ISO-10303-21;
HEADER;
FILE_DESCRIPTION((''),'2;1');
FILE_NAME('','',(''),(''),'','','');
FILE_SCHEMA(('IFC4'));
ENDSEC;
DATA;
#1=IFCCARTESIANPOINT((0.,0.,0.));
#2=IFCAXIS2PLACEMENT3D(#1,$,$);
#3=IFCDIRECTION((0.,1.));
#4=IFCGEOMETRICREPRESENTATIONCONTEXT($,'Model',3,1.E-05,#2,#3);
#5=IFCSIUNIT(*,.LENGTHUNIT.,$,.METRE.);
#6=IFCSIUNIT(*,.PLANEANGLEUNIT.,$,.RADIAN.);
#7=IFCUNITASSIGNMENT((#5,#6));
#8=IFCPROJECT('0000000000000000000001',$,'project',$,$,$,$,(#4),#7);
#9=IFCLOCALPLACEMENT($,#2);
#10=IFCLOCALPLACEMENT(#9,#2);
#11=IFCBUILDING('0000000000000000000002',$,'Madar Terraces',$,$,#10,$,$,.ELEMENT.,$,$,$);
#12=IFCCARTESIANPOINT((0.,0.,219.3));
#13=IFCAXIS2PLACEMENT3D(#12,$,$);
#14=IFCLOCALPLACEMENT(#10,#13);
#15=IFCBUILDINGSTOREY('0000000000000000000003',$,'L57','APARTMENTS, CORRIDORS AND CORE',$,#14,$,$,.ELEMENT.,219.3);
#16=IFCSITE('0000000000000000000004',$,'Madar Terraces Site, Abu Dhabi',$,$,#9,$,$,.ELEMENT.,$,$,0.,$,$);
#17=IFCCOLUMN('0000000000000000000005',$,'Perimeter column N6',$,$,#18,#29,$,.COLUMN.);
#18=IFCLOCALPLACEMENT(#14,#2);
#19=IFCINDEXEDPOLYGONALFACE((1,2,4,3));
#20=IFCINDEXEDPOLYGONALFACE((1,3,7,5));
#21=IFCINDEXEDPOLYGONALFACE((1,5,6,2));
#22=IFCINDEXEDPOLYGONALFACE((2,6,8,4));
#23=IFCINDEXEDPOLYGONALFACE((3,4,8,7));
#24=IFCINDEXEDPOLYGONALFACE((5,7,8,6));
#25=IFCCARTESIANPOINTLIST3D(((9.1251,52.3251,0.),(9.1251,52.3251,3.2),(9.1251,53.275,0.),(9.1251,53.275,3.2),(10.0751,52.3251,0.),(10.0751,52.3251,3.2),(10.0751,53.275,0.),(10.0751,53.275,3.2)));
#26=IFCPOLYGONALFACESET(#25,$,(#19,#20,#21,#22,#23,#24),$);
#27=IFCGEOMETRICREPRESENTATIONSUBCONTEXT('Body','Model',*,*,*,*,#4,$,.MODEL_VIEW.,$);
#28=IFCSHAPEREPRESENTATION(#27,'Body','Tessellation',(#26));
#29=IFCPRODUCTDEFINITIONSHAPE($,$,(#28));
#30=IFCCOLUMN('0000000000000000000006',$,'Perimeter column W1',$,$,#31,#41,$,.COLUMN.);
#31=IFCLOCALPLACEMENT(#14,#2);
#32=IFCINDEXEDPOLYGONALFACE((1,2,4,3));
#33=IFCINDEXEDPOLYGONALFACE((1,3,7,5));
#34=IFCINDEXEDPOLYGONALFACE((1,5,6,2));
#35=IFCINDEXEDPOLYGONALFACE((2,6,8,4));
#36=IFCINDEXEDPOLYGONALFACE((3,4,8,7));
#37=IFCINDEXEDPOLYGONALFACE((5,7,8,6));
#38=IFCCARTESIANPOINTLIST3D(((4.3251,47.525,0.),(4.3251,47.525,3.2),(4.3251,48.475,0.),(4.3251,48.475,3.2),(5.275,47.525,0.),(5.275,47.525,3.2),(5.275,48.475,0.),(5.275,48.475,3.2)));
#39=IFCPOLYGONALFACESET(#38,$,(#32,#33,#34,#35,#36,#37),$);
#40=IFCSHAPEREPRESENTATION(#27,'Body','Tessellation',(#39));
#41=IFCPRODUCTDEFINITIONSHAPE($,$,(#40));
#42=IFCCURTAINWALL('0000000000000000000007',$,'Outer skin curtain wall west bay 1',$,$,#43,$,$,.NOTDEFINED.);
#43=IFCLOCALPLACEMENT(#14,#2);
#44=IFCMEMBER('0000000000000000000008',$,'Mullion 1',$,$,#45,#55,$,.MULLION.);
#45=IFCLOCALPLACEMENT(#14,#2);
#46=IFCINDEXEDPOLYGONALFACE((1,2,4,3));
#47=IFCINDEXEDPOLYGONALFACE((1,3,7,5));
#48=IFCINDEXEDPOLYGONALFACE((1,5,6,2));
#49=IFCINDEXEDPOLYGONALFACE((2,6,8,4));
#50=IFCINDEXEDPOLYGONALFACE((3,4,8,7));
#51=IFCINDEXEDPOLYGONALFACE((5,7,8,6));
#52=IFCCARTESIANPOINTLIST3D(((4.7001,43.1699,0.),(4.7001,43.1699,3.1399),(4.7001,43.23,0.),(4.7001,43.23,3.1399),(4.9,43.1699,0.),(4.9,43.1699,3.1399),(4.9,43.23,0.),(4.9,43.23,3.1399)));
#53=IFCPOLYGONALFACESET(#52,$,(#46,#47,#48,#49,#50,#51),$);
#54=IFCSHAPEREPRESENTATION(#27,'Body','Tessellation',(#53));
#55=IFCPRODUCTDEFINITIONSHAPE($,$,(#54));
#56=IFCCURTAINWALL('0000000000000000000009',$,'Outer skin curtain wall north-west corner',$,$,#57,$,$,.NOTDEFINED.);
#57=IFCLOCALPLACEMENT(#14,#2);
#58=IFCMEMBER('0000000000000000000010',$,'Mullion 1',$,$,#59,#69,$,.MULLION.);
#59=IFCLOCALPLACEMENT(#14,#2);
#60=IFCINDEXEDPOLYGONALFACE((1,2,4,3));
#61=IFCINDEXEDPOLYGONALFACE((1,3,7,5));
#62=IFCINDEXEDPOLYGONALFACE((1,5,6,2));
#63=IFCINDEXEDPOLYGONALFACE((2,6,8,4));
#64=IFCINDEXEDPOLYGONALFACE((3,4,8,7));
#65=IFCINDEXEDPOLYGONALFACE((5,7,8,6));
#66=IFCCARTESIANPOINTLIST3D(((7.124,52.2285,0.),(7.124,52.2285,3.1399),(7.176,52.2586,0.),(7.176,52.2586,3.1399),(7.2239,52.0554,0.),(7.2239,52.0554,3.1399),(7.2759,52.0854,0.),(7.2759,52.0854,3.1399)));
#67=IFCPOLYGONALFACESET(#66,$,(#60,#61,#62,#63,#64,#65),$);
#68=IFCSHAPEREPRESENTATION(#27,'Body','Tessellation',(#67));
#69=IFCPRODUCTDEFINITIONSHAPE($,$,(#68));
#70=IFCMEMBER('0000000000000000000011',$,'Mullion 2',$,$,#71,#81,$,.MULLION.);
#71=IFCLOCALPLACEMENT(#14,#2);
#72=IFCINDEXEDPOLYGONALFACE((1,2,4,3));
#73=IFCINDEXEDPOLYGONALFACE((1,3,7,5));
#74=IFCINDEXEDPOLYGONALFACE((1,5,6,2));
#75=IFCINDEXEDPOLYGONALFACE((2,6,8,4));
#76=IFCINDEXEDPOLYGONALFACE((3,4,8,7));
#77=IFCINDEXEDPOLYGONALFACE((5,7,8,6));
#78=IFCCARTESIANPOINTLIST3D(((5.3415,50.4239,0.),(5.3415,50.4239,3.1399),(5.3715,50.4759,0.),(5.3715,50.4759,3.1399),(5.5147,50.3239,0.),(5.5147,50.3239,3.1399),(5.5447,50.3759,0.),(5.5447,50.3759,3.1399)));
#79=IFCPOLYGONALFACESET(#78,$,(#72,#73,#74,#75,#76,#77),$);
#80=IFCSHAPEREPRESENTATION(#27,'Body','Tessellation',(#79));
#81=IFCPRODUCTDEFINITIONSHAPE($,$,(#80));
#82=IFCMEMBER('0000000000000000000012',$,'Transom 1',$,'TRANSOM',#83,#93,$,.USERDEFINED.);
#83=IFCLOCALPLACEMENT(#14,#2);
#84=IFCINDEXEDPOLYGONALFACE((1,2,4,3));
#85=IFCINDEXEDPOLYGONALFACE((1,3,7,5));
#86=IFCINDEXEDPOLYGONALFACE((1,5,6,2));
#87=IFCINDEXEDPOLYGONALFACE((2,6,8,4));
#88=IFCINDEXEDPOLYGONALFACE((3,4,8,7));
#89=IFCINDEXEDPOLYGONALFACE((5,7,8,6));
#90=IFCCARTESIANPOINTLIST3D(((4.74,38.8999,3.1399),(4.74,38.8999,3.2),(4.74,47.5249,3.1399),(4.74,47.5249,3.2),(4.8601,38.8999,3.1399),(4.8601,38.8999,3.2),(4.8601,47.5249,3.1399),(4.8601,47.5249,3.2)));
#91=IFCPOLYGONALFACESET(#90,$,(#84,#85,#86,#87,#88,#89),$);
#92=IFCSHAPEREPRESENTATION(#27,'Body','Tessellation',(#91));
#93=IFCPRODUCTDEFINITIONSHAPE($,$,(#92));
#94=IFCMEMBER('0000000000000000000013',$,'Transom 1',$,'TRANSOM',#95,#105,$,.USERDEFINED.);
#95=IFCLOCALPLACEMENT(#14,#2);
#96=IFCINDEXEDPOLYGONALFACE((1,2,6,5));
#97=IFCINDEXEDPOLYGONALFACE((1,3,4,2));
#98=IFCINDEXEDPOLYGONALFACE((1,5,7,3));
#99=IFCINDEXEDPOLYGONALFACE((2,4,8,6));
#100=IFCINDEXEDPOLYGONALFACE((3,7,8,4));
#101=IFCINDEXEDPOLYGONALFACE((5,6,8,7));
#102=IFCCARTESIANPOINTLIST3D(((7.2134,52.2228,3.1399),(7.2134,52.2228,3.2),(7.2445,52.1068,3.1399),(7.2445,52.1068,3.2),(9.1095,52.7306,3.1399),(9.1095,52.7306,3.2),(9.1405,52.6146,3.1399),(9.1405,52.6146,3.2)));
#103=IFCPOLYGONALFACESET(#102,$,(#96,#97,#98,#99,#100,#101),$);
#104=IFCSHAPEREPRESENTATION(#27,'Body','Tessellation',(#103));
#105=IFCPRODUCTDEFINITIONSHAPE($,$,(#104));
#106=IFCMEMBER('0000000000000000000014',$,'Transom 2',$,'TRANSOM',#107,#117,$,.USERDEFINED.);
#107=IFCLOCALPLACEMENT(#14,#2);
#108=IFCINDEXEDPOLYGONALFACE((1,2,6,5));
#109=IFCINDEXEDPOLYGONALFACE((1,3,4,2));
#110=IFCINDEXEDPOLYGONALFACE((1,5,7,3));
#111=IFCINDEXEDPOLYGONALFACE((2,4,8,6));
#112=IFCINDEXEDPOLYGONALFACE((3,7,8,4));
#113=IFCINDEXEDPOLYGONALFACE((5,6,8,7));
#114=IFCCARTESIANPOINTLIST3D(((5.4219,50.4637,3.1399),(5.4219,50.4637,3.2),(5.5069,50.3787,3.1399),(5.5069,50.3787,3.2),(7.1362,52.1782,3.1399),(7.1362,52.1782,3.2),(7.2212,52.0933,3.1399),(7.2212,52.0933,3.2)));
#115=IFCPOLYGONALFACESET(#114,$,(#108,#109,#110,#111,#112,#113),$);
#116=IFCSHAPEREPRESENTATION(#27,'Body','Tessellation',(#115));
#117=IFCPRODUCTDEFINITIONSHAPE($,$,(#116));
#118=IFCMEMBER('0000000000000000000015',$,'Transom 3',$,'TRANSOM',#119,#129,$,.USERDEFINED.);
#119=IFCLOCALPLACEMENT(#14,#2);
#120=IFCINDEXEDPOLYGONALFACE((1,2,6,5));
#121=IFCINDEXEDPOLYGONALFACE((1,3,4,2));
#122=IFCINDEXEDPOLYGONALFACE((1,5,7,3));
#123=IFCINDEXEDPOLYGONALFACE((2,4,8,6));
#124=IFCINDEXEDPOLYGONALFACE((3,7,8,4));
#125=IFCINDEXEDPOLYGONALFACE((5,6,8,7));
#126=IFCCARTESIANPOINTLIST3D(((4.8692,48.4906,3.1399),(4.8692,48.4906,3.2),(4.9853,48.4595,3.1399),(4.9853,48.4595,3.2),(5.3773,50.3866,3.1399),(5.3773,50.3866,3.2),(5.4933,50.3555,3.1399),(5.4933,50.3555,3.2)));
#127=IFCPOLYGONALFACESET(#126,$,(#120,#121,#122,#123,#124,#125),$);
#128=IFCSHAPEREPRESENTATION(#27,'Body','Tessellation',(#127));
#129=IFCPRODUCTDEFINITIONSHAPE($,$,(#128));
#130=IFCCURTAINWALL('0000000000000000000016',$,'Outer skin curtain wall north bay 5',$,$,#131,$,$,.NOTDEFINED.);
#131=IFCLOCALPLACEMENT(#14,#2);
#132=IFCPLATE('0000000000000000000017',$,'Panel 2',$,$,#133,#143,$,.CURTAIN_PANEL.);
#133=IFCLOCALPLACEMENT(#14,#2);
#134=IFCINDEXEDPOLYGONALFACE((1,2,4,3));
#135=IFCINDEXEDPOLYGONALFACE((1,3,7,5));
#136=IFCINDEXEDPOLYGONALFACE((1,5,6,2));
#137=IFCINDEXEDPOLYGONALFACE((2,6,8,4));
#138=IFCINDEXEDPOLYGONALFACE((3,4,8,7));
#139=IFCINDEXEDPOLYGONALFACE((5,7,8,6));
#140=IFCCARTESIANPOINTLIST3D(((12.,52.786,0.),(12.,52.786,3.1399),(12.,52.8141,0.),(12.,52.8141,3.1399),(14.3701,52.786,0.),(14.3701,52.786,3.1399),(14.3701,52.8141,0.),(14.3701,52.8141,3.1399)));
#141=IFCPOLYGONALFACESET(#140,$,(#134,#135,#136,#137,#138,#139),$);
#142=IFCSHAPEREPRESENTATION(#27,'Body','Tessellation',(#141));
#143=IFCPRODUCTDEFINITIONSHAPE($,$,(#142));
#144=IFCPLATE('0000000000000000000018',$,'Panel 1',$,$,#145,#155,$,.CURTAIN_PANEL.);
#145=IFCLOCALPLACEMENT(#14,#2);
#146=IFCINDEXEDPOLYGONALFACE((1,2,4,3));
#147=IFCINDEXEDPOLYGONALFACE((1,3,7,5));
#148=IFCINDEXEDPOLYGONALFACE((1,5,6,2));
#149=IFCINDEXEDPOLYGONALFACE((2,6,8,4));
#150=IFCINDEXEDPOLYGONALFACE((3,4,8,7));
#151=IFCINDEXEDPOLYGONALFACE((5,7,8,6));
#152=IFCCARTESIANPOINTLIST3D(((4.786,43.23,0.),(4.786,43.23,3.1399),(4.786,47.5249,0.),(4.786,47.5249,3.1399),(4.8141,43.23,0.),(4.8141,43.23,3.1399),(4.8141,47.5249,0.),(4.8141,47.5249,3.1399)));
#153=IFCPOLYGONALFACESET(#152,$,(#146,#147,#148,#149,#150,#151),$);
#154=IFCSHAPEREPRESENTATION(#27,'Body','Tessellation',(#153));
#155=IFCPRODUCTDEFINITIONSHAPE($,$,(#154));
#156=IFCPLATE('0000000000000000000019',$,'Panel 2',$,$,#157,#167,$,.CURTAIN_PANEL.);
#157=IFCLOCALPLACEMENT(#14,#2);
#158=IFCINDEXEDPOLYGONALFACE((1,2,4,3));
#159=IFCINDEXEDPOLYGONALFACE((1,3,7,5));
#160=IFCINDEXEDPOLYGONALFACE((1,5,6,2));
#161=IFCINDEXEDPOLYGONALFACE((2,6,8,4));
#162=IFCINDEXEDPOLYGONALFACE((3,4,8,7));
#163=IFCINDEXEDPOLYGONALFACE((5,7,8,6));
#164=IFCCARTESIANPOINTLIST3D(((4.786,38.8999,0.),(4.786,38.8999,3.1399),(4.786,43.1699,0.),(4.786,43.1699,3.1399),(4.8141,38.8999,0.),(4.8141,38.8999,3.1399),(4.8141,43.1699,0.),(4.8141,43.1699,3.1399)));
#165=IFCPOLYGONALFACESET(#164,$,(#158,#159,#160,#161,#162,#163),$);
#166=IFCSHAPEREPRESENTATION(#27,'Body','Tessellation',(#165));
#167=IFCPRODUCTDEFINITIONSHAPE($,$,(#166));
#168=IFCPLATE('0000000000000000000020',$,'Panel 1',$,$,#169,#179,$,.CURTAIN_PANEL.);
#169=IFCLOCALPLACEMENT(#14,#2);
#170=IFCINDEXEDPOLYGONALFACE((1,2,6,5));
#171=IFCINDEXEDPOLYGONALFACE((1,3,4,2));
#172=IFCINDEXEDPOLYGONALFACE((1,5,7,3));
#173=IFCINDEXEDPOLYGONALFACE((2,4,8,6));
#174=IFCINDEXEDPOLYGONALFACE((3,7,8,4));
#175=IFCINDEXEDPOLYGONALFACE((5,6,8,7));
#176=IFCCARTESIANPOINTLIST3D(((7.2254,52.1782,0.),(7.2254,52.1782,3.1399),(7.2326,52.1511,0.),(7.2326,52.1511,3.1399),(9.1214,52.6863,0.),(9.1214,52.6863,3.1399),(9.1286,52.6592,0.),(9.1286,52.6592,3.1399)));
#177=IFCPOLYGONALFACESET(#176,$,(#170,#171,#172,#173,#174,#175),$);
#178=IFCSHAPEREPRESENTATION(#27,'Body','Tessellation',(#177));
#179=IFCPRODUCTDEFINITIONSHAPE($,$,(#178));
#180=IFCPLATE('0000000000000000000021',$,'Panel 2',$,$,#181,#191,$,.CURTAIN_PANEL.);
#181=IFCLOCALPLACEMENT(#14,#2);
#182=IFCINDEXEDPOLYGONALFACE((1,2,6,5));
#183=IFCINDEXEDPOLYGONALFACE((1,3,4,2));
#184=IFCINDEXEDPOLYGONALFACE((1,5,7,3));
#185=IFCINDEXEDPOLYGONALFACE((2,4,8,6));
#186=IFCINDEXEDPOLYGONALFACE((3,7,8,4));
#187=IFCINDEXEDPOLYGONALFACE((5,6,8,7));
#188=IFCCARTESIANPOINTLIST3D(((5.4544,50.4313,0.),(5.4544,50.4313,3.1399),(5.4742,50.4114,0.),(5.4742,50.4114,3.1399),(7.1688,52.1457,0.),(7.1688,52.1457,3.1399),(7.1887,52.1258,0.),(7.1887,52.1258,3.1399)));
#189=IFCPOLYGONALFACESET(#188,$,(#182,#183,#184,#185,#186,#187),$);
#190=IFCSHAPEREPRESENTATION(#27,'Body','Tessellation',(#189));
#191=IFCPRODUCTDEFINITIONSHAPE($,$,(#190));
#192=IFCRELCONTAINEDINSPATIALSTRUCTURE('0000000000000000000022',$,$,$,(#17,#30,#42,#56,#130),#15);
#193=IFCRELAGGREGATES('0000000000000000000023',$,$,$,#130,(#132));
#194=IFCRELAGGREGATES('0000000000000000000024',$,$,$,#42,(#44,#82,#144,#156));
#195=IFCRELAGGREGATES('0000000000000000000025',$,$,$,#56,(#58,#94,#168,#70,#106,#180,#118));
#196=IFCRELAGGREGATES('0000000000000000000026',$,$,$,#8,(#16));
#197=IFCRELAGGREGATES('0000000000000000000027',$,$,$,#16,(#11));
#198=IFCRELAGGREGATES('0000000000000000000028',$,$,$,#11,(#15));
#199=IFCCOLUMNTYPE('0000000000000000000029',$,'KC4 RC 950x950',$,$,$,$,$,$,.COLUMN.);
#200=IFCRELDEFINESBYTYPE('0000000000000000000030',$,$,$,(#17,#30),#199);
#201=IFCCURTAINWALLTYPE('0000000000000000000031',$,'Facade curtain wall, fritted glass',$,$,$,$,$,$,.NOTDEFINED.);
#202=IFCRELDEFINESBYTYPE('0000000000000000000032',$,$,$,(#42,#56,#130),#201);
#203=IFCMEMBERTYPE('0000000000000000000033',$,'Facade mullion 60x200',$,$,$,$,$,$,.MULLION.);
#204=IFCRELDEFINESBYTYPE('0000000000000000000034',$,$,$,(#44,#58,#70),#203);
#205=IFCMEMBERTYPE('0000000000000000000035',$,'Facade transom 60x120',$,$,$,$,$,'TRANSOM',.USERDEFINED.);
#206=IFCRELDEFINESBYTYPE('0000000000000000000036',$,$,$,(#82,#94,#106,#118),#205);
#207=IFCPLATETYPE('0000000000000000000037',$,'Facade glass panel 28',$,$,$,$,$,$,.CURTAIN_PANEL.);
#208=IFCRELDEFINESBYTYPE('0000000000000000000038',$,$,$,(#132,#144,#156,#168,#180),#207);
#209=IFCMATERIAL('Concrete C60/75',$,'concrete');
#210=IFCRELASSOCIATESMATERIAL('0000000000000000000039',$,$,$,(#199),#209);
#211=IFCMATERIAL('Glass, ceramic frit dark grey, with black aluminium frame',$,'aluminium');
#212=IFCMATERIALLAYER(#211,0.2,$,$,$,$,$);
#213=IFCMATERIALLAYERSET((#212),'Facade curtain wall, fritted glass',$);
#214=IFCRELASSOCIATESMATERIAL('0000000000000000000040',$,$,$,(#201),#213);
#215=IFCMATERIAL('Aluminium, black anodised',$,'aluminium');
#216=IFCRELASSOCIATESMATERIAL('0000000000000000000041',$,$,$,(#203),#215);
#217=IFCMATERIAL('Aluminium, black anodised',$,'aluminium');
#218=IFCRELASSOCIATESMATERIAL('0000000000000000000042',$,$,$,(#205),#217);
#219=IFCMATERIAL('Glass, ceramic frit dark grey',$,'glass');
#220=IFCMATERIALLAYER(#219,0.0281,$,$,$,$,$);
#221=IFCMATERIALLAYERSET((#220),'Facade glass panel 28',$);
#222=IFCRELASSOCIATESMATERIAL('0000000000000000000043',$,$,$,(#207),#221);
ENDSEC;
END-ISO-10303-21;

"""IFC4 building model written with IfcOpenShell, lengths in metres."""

from ifc_helpers import new_model, si_unit, direction, frame, origin, origin_2d, place, context, subcontext, project, spatial, rectangle, extrude, material, layer, layer_set, material_profile, profile_set, type_object, element, aggregate, save


model = new_model("IFC4")

# Units and contexts
model_context = context("Model", 3, precision=1e-05, world=origin(), true_north=direction((0.0, 1.0)))
body_context = subcontext(model_context, "Body", "Model", "MODEL_VIEW")
ifc_project = project(units=[si_unit("LENGTHUNIT", "METRE"), si_unit("PLANEANGLEUNIT", "RADIAN")], contexts=[model_context])

# Site, building, storey
site_placement = place(None, origin())
site = spatial("IfcSite", under=ifc_project, at=site_placement, Name="Madar Terraces Site, Abu Dhabi", CompositionType="ELEMENT", RefElevation=0.0)
building_placement = place(site_placement, origin())
building = spatial("IfcBuilding", under=site, at=building_placement, Name="Madar Terraces", CompositionType="ELEMENT")
storey_placement = place(building_placement, frame((0.0, 0.0, 219.3)))
storey = spatial("IfcBuildingStorey", under=building, at=storey_placement, Name="L57", Description="APARTMENTS, CORRIDORS AND CORE", CompositionType="ELEMENT", Elevation=219.3)

# Columns
ifc_material_1 = material(Name="Concrete C60/75", Category="concrete")
ifc_material_profile_1 = material_profile(ifc_material_1, rectangle(XDim=0.95, YDim=0.95, at=origin_2d()), Name="KC4 RC 950x950")
ifc_profile_set_1 = profile_set([ifc_material_profile_1], Name="Concrete C60/75")
column_type = type_object("IfcColumnType", Name="KC4 RC 950x950", PredefinedType="COLUMN", material=ifc_profile_set_1)
for number, where, z_axis, x_axis, name in (
    (1, (9.6001, 52.8, 0.0), (0.0, 0.0, 1.0), (1.0, 0.0, 0.0), "Perimeter column N6"),
    (2, (4.8, 48.0, 0.0), (0.0, 0.0, 1.0), (1.0, 0.0, 0.0), "Perimeter column W1"),
):
    element("IfcColumn", number, at=place(storey_placement, frame(where, z_axis=z_axis, x_axis=x_axis)), inside=storey, type_object=column_type, Name=name, PredefinedType="COLUMN", context=body_context, shape_type="SweptSolid", body=[
        extrude(rectangle(XDim=0.95, YDim=0.95, at=origin_2d()), origin(), (0.0, 0.0, 1.0), 3.2),
    ])

# Curtain wall, member
ifc_material_2 = material(Name="Glass, ceramic frit dark grey, with black aluminium frame", Category="aluminium")
ifc_layer_1 = layer(ifc_material_2, 0.2)
ifc_layer_set_1 = layer_set([ifc_layer_1], Name="Facade curtain wall, fritted glass")
curtain_wall_type = type_object("IfcCurtainWallType", Name="Facade curtain wall, fritted glass", PredefinedType="NOTDEFINED", material=ifc_layer_set_1)
curtain_wall_1_placement = place(storey_placement, origin())
curtain_wall_1 = element("IfcCurtainWall", 3, at=curtain_wall_1_placement, inside=storey, type_object=curtain_wall_type, Name="Outer skin curtain wall west bay 1", PredefinedType="NOTDEFINED")
ifc_material_3 = material(Name="Aluminium, black anodised", Category="aluminium")
ifc_material_profile_2 = material_profile(ifc_material_3, rectangle(XDim=0.2, YDim=0.0601, at=origin_2d()), Name="Facade mullion 60x200")
ifc_profile_set_2 = profile_set([ifc_material_profile_2], Name="Aluminium, black anodised")
member_type_1 = type_object("IfcMemberType", Name="Facade mullion 60x200", PredefinedType="MULLION", material=ifc_profile_set_2)
member_1_placement = place(storey_placement, frame((4.8, 43.2, 0.0), z_axis=(0.0, 0.0, 1.0), x_axis=(1.0, 0.0, 0.0)))
member_1 = element("IfcMember", 4, at=member_1_placement, type_object=member_type_1, Name="Mullion 1", PredefinedType="MULLION", context=body_context, shape_type="SweptSolid", body=[
    extrude(rectangle(XDim=0.2, YDim=0.0601, at=origin_2d()), origin(), (0.0, 0.0, 1.0), 3.1399),
])

# Curtain wall, members
curtain_wall_2_placement = place(storey_placement, origin())
curtain_wall_2 = element("IfcCurtainWall", 5, at=curtain_wall_2_placement, inside=storey, type_object=curtain_wall_type, Name="Outer skin curtain wall north-west corner", PredefinedType="NOTDEFINED")
member_2_placement = place(storey_placement, frame((7.2, 52.157, 0.0), z_axis=(0.0, 0.0, 1.0), x_axis=(0.5, -0.866025, 0.0)))
member_2 = element("IfcMember", 6, at=member_2_placement, type_object=member_type_1, Name="Mullion 1", PredefinedType="MULLION", context=body_context, shape_type="SweptSolid", body=[
    extrude(rectangle(XDim=0.2, YDim=0.0601, at=origin_2d()), origin(), (0.0, 0.0, 1.0), 3.1399),
])
member_3_placement = place(storey_placement, frame((5.4431, 50.3999, 0.0), z_axis=(0.0, 0.0, 1.0), x_axis=(0.866025, -0.5, 0.0)))
member_3 = element("IfcMember", 7, at=member_3_placement, type_object=member_type_1, Name="Mullion 2", PredefinedType="MULLION", context=body_context, shape_type="SweptSolid", body=[
    extrude(rectangle(XDim=0.2, YDim=0.0601, at=origin_2d()), origin(), (0.0, 0.0, 1.0), 3.1399),
])

# Members
ifc_material_4 = material(Name="Aluminium, black anodised", Category="aluminium")
ifc_material_profile_3 = material_profile(ifc_material_4, rectangle(XDim=0.1201, YDim=0.0601, at=origin_2d()), Name="Facade transom 60x120")
ifc_profile_set_3 = profile_set([ifc_material_profile_3], Name="Aluminium, black anodised")
member_type_2 = type_object("IfcMemberType", Name="Facade transom 60x120", ElementType="TRANSOM", PredefinedType="USERDEFINED", material=ifc_profile_set_3)
member_4_placement = place(storey_placement, frame((4.8, 47.5249, 3.1699), z_axis=(0.0, -1.0, 0.0), x_axis=(1.0, 0.0, 0.0)))
member_4 = element("IfcMember", 8, at=member_4_placement, type_object=member_type_2, Name="Transom 1", ObjectType="TRANSOM", PredefinedType="USERDEFINED", context=body_context, shape_type="SweptSolid", body=[
    extrude(rectangle(XDim=0.1201, YDim=0.0601, at=origin_2d()), origin(), (0.0, 0.0, 1.0), 8.625),
])
member_5_placement = place(storey_placement, frame((9.125, 52.6726, 3.1699), z_axis=(-0.965954, -0.258715, 0.0), x_axis=(0.258715, -0.965954, 0.0)))
member_5 = element("IfcMember", 9, at=member_5_placement, type_object=member_type_2, Name="Transom 1", ObjectType="TRANSOM", PredefinedType="USERDEFINED", context=body_context, shape_type="SweptSolid", body=[
    extrude(rectangle(XDim=0.1201, YDim=0.0601, at=origin_2d()), origin(), (0.0, 0.0, 1.0), 1.9629),
])
member_6_placement = place(storey_placement, frame((7.1787, 52.1357, 3.1699), z_axis=(-0.707056, -0.707157, 0.0), x_axis=(0.707157, -0.707056, 0.0)))
member_6 = element("IfcMember", 10, at=member_6_placement, type_object=member_type_2, Name="Transom 2", ObjectType="TRANSOM", PredefinedType="USERDEFINED", context=body_context, shape_type="SweptSolid", body=[
    extrude(rectangle(XDim=0.1201, YDim=0.0601, at=origin_2d()), origin(), (0.0, 0.0, 1.0), 2.4246),
])
member_7_placement = place(storey_placement, frame((5.4353, 50.3711, 3.1699), z_axis=(-0.258831, -0.965923, 0.0), x_axis=(0.965923, -0.258831, 0.0)))
member_7 = element("IfcMember", 11, at=member_7_placement, type_object=member_type_2, Name="Transom 3", ObjectType="TRANSOM", PredefinedType="USERDEFINED", context=body_context, shape_type="SweptSolid", body=[
    extrude(rectangle(XDim=0.1201, YDim=0.0601, at=origin_2d()), origin(), (0.0, 0.0, 1.0), 1.9629),
])

# Curtain wall, plate
curtain_wall_3_placement = place(storey_placement, origin())
curtain_wall_3 = element("IfcCurtainWall", 12, at=curtain_wall_3_placement, inside=storey, type_object=curtain_wall_type, Name="Outer skin curtain wall north bay 5", PredefinedType="NOTDEFINED")
ifc_material_5 = material(Name="Glass, ceramic frit dark grey", Category="glass")
ifc_layer_2 = layer(ifc_material_5, 0.0281)
ifc_layer_set_2 = layer_set([ifc_layer_2], Name="Facade glass panel 28")
plate_type = type_object("IfcPlateType", Name="Facade glass panel 28", PredefinedType="CURTAIN_PANEL", material=ifc_layer_set_2)
plate_1_placement = place(storey_placement, frame((13.1851, 52.8, 0.0), z_axis=(0.0, 0.0, 1.0), x_axis=(-1.0, 0.0, 0.0)))
plate_1 = element("IfcPlate", 13, at=plate_1_placement, type_object=plate_type, Name="Panel 2", PredefinedType="CURTAIN_PANEL", context=body_context, shape_type="SweptSolid", body=[
    extrude(rectangle(XDim=2.3701, YDim=0.0281, at=origin_2d()), origin(), (0.0, 0.0, 1.0), 3.1399),
])
aggregate(curtain_wall_3, [plate_1])

# Plates
plate_2_placement = place(storey_placement, frame((4.8, 45.3774, 0.0), z_axis=(0.0, 0.0, 1.0), x_axis=(0.0, -1.0, 0.0)))
plate_2 = element("IfcPlate", 14, at=plate_2_placement, type_object=plate_type, Name="Panel 1", PredefinedType="CURTAIN_PANEL", context=body_context, shape_type="SweptSolid", body=[
    extrude(rectangle(XDim=4.2949, YDim=0.0281, at=origin_2d()), origin(), (0.0, 0.0, 1.0), 3.1399),
])
plate_3_placement = place(storey_placement, frame((4.8, 41.0349, 0.0), z_axis=(0.0, 0.0, 1.0), x_axis=(0.0, -1.0, 0.0)))
plate_3 = element("IfcPlate", 15, at=plate_3_placement, type_object=plate_type, Name="Panel 2", PredefinedType="CURTAIN_PANEL", context=body_context, shape_type="SweptSolid", body=[
    extrude(rectangle(XDim=4.27, YDim=0.0281, at=origin_2d()), origin(), (0.0, 0.0, 1.0), 3.1399),
])
aggregate(curtain_wall_1, [member_1, member_4, plate_2, plate_3])
plate_4_placement = place(storey_placement, frame((8.177, 52.4187, 0.0), z_axis=(0.0, 0.0, 1.0), x_axis=(-0.965926, -0.258819, 0.0)))
plate_4 = element("IfcPlate", 16, at=plate_4_placement, type_object=plate_type, Name="Panel 1", PredefinedType="CURTAIN_PANEL", context=body_context, shape_type="SweptSolid", body=[
    extrude(rectangle(XDim=1.9629, YDim=0.0281, at=origin_2d()), origin(), (0.0, 0.0, 1.0), 3.1399),
])
plate_5_placement = place(storey_placement, frame((6.3215, 51.2786, 0.0), z_axis=(0.0, 0.0, 1.0), x_axis=(-0.707107, -0.707107, 0.0)))
plate_5 = element("IfcPlate", 17, at=plate_5_placement, type_object=plate_type, Name="Panel 2", PredefinedType="CURTAIN_PANEL", context=body_context, shape_type="SweptSolid", body=[
    extrude(rectangle(XDim=2.4246, YDim=0.0281, at=origin_2d()), origin(), (0.0, 0.0, 1.0), 3.1399),
])
aggregate(curtain_wall_2, [member_2, member_5, plate_4, member_3, member_6, plate_5, member_7])

save(model, "model.ifc")
